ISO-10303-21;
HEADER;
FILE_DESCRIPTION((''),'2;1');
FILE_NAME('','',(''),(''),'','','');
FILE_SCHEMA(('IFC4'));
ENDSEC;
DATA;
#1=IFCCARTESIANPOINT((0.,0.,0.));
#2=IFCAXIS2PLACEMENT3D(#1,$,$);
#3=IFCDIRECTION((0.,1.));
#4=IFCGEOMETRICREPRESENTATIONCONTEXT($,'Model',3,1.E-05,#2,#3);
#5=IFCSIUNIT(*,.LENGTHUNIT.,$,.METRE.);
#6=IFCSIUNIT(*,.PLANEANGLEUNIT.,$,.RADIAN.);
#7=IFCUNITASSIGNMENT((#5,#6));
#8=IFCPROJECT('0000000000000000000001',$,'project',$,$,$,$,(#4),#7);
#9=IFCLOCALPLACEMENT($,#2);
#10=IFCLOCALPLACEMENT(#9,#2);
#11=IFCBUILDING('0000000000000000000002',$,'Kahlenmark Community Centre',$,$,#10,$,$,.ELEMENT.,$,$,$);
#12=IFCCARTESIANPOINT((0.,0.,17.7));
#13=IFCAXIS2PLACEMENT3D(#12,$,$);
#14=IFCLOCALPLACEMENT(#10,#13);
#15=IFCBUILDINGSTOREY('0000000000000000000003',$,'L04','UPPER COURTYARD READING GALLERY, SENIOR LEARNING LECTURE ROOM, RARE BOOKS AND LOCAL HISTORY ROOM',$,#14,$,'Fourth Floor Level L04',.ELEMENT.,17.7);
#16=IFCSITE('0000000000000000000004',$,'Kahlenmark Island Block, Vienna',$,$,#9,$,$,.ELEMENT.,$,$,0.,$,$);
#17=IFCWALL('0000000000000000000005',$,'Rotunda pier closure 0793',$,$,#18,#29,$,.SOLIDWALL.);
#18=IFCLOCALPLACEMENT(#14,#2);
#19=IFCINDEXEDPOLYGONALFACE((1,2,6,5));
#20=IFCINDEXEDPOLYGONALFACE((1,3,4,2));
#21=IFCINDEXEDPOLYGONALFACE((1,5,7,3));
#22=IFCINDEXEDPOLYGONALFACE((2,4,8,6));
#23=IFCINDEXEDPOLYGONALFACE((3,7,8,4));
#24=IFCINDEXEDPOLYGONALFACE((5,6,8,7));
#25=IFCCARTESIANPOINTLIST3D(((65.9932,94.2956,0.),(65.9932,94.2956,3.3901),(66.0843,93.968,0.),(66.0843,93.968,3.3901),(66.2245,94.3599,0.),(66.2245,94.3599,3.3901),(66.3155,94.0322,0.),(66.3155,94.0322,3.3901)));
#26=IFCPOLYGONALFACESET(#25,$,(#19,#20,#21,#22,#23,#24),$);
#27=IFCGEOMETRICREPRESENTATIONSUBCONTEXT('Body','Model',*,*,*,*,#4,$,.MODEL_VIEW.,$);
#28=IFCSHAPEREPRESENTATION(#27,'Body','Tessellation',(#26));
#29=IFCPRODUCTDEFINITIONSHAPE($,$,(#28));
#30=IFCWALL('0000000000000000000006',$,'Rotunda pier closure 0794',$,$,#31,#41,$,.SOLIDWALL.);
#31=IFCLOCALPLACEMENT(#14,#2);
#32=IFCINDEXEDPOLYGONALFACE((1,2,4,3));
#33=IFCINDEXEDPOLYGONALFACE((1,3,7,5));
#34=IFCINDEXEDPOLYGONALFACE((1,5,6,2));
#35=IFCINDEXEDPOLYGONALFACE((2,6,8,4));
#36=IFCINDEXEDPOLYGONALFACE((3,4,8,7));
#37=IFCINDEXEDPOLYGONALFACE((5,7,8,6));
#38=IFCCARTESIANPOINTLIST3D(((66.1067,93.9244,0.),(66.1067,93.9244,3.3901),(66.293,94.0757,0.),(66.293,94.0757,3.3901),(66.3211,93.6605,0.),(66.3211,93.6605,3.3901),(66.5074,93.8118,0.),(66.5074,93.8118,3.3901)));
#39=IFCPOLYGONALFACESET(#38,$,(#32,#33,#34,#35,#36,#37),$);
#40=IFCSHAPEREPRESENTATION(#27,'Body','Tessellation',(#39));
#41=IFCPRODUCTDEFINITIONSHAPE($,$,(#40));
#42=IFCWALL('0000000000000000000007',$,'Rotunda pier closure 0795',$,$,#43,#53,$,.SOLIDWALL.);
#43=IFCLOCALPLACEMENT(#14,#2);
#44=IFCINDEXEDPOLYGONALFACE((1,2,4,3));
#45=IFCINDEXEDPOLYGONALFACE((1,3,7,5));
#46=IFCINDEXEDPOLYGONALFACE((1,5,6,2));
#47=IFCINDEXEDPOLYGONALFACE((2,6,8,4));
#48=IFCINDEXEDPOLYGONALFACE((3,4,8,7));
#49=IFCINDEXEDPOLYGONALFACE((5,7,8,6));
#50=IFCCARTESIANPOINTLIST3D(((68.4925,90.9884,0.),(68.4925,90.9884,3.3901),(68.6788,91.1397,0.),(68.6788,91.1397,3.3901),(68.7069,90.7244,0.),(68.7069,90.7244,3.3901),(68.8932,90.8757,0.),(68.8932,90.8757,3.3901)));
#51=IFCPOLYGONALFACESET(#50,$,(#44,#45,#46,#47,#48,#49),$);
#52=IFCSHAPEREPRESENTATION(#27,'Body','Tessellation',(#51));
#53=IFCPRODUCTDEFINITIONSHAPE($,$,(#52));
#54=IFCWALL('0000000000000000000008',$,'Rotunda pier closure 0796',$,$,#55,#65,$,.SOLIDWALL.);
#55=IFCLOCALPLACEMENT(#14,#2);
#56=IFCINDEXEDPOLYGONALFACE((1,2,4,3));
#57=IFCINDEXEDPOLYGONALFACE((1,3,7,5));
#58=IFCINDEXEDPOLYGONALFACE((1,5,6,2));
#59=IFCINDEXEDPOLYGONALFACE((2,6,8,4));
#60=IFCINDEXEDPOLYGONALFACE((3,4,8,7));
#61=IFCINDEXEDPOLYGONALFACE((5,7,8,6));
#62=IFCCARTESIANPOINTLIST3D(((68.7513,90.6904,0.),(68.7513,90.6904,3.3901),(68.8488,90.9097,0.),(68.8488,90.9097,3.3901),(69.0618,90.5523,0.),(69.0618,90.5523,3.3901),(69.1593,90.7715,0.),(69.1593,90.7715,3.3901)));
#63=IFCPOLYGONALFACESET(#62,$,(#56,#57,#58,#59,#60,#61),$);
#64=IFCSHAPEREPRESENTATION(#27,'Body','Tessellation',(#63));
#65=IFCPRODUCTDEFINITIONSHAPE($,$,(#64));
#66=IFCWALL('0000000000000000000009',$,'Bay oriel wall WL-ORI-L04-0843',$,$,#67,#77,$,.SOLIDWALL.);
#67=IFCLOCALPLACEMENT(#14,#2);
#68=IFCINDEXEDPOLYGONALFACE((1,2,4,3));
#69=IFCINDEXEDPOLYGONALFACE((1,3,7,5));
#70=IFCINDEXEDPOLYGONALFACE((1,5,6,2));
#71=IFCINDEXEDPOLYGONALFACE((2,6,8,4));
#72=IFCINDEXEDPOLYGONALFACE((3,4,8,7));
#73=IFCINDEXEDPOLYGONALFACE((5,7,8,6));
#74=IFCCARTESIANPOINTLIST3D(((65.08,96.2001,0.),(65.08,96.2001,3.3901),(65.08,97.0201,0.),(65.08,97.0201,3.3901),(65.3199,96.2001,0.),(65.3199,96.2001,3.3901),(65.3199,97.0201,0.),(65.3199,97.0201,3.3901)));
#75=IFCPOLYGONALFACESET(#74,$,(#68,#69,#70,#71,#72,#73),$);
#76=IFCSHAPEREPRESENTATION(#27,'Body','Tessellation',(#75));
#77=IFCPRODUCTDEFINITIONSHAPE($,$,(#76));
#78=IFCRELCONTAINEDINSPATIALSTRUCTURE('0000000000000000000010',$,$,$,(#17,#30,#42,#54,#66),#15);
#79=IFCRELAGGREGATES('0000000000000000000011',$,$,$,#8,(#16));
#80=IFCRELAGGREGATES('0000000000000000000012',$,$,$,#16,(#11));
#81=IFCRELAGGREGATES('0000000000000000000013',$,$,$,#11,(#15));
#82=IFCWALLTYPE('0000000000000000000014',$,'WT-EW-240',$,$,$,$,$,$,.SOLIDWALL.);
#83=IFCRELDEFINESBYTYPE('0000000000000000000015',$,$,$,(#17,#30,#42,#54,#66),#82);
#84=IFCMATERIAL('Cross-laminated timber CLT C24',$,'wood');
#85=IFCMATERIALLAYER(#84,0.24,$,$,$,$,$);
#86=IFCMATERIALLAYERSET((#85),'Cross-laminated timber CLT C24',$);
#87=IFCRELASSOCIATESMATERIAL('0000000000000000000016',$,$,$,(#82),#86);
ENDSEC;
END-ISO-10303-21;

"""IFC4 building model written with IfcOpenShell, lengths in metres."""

from ifc_helpers import new_model, si_unit, direction, frame, frame_2d, origin, place, context, subcontext, project, spatial, rectangle, extrude, material, layer, layer_set, type_object, element, save


model = new_model("IFC4")

# Units and contexts
model_context = context("Model", 3, precision=1e-05, world=origin(), true_north=direction((0.0, 1.0)))
body_context = subcontext(model_context, "Body", "Model", "MODEL_VIEW")
ifc_project = project(units=[si_unit("LENGTHUNIT", "METRE"), si_unit("PLANEANGLEUNIT", "RADIAN")], contexts=[model_context])

# Site, building, storey
site_placement = place(None, origin())
site = spatial("IfcSite", under=ifc_project, at=site_placement, Name="Kahlenmark Island Block, Vienna", CompositionType="ELEMENT", RefElevation=0.0)
building_placement = place(site_placement, origin())
building = spatial("IfcBuilding", under=site, at=building_placement, Name="Kahlenmark Community Centre", CompositionType="ELEMENT")
storey_placement = place(building_placement, frame((0.0, 0.0, 17.7)))
storey = spatial("IfcBuildingStorey", under=building, at=storey_placement, Name="L04", Description="UPPER COURTYARD READING GALLERY, SENIOR LEARNING LECTURE ROOM, RARE BOOKS AND LOCAL HISTORY ROOM", LongName="Fourth Floor Level L04", CompositionType="ELEMENT", Elevation=17.7)

# Walls
ifc_material_1 = material(Name="Cross-laminated timber CLT C24", Category="wood")
ifc_layer_1 = layer(ifc_material_1, 0.24)
ifc_layer_set_1 = layer_set([ifc_layer_1], Name="Cross-laminated timber CLT C24")
wall_type = type_object("IfcWallType", Name="WT-EW-240", PredefinedType="SOLIDWALL", material=ifc_layer_set_1)
for number, where, z_axis, x_axis, name in (
    (1, (66.1089, 94.3276, 0.0), (0.0, 0.0, 1.0), (0.267792, -0.963477, 0.0), "Rotunda pier closure 0793"),
    (2, (66.2, 94.0, 0.0), (0.0, 0.0, 1.0), (0.630457, -0.776224, 0.0), "Rotunda pier closure 0794"),
    (3, (68.5857, 91.064, 0.0), (0.0, 0.0, 1.0), (0.630457, -0.776224, 0.0), "Rotunda pier closure 0795"),
):
    element("IfcWall", number, at=place(storey_placement, frame(where, z_axis=z_axis, x_axis=x_axis)), inside=storey, type_object=wall_type, Name=name, PredefinedType="SOLIDWALL", context=body_context, shape_type="SweptSolid", body=[
        extrude(rectangle(XDim=0.3401, YDim=0.24, at=frame_2d((0.1699, 0.0))), origin(), (0.0, 0.0, 1.0), 3.3901),
    ])
wall_1_placement = place(storey_placement, frame((68.8, 90.8, 0.0), z_axis=(0.0, 0.0, 1.0), x_axis=(0.913634, -0.406538, 0.0)))
element("IfcWall", 4, at=wall_1_placement, inside=storey, type_object=wall_type, Name="Rotunda pier closure 0796", PredefinedType="SOLIDWALL", context=body_context, shape_type="SweptSolid", body=[
    extrude(rectangle(XDim=0.3398, YDim=0.24, at=frame_2d((0.1699, 0.0))), origin(), (0.0, 0.0, 1.0), 3.3901),
])
wall_2_placement = place(storey_placement, frame((65.2, 96.2, 0.0), z_axis=(0.0, 0.0, 1.0), x_axis=(0.0, 1.0, 0.0)))
element("IfcWall", 5, at=wall_2_placement, inside=storey, type_object=wall_type, Name="Bay oriel wall WL-ORI-L04-0843", PredefinedType="SOLIDWALL", context=body_context, shape_type="SweptSolid", body=[
    extrude(rectangle(XDim=0.8201, YDim=0.24, at=frame_2d((0.4102, 0.0))), origin(), (0.0, 0.0, 1.0), 3.3901),
])

save(model, "model.ifc")
